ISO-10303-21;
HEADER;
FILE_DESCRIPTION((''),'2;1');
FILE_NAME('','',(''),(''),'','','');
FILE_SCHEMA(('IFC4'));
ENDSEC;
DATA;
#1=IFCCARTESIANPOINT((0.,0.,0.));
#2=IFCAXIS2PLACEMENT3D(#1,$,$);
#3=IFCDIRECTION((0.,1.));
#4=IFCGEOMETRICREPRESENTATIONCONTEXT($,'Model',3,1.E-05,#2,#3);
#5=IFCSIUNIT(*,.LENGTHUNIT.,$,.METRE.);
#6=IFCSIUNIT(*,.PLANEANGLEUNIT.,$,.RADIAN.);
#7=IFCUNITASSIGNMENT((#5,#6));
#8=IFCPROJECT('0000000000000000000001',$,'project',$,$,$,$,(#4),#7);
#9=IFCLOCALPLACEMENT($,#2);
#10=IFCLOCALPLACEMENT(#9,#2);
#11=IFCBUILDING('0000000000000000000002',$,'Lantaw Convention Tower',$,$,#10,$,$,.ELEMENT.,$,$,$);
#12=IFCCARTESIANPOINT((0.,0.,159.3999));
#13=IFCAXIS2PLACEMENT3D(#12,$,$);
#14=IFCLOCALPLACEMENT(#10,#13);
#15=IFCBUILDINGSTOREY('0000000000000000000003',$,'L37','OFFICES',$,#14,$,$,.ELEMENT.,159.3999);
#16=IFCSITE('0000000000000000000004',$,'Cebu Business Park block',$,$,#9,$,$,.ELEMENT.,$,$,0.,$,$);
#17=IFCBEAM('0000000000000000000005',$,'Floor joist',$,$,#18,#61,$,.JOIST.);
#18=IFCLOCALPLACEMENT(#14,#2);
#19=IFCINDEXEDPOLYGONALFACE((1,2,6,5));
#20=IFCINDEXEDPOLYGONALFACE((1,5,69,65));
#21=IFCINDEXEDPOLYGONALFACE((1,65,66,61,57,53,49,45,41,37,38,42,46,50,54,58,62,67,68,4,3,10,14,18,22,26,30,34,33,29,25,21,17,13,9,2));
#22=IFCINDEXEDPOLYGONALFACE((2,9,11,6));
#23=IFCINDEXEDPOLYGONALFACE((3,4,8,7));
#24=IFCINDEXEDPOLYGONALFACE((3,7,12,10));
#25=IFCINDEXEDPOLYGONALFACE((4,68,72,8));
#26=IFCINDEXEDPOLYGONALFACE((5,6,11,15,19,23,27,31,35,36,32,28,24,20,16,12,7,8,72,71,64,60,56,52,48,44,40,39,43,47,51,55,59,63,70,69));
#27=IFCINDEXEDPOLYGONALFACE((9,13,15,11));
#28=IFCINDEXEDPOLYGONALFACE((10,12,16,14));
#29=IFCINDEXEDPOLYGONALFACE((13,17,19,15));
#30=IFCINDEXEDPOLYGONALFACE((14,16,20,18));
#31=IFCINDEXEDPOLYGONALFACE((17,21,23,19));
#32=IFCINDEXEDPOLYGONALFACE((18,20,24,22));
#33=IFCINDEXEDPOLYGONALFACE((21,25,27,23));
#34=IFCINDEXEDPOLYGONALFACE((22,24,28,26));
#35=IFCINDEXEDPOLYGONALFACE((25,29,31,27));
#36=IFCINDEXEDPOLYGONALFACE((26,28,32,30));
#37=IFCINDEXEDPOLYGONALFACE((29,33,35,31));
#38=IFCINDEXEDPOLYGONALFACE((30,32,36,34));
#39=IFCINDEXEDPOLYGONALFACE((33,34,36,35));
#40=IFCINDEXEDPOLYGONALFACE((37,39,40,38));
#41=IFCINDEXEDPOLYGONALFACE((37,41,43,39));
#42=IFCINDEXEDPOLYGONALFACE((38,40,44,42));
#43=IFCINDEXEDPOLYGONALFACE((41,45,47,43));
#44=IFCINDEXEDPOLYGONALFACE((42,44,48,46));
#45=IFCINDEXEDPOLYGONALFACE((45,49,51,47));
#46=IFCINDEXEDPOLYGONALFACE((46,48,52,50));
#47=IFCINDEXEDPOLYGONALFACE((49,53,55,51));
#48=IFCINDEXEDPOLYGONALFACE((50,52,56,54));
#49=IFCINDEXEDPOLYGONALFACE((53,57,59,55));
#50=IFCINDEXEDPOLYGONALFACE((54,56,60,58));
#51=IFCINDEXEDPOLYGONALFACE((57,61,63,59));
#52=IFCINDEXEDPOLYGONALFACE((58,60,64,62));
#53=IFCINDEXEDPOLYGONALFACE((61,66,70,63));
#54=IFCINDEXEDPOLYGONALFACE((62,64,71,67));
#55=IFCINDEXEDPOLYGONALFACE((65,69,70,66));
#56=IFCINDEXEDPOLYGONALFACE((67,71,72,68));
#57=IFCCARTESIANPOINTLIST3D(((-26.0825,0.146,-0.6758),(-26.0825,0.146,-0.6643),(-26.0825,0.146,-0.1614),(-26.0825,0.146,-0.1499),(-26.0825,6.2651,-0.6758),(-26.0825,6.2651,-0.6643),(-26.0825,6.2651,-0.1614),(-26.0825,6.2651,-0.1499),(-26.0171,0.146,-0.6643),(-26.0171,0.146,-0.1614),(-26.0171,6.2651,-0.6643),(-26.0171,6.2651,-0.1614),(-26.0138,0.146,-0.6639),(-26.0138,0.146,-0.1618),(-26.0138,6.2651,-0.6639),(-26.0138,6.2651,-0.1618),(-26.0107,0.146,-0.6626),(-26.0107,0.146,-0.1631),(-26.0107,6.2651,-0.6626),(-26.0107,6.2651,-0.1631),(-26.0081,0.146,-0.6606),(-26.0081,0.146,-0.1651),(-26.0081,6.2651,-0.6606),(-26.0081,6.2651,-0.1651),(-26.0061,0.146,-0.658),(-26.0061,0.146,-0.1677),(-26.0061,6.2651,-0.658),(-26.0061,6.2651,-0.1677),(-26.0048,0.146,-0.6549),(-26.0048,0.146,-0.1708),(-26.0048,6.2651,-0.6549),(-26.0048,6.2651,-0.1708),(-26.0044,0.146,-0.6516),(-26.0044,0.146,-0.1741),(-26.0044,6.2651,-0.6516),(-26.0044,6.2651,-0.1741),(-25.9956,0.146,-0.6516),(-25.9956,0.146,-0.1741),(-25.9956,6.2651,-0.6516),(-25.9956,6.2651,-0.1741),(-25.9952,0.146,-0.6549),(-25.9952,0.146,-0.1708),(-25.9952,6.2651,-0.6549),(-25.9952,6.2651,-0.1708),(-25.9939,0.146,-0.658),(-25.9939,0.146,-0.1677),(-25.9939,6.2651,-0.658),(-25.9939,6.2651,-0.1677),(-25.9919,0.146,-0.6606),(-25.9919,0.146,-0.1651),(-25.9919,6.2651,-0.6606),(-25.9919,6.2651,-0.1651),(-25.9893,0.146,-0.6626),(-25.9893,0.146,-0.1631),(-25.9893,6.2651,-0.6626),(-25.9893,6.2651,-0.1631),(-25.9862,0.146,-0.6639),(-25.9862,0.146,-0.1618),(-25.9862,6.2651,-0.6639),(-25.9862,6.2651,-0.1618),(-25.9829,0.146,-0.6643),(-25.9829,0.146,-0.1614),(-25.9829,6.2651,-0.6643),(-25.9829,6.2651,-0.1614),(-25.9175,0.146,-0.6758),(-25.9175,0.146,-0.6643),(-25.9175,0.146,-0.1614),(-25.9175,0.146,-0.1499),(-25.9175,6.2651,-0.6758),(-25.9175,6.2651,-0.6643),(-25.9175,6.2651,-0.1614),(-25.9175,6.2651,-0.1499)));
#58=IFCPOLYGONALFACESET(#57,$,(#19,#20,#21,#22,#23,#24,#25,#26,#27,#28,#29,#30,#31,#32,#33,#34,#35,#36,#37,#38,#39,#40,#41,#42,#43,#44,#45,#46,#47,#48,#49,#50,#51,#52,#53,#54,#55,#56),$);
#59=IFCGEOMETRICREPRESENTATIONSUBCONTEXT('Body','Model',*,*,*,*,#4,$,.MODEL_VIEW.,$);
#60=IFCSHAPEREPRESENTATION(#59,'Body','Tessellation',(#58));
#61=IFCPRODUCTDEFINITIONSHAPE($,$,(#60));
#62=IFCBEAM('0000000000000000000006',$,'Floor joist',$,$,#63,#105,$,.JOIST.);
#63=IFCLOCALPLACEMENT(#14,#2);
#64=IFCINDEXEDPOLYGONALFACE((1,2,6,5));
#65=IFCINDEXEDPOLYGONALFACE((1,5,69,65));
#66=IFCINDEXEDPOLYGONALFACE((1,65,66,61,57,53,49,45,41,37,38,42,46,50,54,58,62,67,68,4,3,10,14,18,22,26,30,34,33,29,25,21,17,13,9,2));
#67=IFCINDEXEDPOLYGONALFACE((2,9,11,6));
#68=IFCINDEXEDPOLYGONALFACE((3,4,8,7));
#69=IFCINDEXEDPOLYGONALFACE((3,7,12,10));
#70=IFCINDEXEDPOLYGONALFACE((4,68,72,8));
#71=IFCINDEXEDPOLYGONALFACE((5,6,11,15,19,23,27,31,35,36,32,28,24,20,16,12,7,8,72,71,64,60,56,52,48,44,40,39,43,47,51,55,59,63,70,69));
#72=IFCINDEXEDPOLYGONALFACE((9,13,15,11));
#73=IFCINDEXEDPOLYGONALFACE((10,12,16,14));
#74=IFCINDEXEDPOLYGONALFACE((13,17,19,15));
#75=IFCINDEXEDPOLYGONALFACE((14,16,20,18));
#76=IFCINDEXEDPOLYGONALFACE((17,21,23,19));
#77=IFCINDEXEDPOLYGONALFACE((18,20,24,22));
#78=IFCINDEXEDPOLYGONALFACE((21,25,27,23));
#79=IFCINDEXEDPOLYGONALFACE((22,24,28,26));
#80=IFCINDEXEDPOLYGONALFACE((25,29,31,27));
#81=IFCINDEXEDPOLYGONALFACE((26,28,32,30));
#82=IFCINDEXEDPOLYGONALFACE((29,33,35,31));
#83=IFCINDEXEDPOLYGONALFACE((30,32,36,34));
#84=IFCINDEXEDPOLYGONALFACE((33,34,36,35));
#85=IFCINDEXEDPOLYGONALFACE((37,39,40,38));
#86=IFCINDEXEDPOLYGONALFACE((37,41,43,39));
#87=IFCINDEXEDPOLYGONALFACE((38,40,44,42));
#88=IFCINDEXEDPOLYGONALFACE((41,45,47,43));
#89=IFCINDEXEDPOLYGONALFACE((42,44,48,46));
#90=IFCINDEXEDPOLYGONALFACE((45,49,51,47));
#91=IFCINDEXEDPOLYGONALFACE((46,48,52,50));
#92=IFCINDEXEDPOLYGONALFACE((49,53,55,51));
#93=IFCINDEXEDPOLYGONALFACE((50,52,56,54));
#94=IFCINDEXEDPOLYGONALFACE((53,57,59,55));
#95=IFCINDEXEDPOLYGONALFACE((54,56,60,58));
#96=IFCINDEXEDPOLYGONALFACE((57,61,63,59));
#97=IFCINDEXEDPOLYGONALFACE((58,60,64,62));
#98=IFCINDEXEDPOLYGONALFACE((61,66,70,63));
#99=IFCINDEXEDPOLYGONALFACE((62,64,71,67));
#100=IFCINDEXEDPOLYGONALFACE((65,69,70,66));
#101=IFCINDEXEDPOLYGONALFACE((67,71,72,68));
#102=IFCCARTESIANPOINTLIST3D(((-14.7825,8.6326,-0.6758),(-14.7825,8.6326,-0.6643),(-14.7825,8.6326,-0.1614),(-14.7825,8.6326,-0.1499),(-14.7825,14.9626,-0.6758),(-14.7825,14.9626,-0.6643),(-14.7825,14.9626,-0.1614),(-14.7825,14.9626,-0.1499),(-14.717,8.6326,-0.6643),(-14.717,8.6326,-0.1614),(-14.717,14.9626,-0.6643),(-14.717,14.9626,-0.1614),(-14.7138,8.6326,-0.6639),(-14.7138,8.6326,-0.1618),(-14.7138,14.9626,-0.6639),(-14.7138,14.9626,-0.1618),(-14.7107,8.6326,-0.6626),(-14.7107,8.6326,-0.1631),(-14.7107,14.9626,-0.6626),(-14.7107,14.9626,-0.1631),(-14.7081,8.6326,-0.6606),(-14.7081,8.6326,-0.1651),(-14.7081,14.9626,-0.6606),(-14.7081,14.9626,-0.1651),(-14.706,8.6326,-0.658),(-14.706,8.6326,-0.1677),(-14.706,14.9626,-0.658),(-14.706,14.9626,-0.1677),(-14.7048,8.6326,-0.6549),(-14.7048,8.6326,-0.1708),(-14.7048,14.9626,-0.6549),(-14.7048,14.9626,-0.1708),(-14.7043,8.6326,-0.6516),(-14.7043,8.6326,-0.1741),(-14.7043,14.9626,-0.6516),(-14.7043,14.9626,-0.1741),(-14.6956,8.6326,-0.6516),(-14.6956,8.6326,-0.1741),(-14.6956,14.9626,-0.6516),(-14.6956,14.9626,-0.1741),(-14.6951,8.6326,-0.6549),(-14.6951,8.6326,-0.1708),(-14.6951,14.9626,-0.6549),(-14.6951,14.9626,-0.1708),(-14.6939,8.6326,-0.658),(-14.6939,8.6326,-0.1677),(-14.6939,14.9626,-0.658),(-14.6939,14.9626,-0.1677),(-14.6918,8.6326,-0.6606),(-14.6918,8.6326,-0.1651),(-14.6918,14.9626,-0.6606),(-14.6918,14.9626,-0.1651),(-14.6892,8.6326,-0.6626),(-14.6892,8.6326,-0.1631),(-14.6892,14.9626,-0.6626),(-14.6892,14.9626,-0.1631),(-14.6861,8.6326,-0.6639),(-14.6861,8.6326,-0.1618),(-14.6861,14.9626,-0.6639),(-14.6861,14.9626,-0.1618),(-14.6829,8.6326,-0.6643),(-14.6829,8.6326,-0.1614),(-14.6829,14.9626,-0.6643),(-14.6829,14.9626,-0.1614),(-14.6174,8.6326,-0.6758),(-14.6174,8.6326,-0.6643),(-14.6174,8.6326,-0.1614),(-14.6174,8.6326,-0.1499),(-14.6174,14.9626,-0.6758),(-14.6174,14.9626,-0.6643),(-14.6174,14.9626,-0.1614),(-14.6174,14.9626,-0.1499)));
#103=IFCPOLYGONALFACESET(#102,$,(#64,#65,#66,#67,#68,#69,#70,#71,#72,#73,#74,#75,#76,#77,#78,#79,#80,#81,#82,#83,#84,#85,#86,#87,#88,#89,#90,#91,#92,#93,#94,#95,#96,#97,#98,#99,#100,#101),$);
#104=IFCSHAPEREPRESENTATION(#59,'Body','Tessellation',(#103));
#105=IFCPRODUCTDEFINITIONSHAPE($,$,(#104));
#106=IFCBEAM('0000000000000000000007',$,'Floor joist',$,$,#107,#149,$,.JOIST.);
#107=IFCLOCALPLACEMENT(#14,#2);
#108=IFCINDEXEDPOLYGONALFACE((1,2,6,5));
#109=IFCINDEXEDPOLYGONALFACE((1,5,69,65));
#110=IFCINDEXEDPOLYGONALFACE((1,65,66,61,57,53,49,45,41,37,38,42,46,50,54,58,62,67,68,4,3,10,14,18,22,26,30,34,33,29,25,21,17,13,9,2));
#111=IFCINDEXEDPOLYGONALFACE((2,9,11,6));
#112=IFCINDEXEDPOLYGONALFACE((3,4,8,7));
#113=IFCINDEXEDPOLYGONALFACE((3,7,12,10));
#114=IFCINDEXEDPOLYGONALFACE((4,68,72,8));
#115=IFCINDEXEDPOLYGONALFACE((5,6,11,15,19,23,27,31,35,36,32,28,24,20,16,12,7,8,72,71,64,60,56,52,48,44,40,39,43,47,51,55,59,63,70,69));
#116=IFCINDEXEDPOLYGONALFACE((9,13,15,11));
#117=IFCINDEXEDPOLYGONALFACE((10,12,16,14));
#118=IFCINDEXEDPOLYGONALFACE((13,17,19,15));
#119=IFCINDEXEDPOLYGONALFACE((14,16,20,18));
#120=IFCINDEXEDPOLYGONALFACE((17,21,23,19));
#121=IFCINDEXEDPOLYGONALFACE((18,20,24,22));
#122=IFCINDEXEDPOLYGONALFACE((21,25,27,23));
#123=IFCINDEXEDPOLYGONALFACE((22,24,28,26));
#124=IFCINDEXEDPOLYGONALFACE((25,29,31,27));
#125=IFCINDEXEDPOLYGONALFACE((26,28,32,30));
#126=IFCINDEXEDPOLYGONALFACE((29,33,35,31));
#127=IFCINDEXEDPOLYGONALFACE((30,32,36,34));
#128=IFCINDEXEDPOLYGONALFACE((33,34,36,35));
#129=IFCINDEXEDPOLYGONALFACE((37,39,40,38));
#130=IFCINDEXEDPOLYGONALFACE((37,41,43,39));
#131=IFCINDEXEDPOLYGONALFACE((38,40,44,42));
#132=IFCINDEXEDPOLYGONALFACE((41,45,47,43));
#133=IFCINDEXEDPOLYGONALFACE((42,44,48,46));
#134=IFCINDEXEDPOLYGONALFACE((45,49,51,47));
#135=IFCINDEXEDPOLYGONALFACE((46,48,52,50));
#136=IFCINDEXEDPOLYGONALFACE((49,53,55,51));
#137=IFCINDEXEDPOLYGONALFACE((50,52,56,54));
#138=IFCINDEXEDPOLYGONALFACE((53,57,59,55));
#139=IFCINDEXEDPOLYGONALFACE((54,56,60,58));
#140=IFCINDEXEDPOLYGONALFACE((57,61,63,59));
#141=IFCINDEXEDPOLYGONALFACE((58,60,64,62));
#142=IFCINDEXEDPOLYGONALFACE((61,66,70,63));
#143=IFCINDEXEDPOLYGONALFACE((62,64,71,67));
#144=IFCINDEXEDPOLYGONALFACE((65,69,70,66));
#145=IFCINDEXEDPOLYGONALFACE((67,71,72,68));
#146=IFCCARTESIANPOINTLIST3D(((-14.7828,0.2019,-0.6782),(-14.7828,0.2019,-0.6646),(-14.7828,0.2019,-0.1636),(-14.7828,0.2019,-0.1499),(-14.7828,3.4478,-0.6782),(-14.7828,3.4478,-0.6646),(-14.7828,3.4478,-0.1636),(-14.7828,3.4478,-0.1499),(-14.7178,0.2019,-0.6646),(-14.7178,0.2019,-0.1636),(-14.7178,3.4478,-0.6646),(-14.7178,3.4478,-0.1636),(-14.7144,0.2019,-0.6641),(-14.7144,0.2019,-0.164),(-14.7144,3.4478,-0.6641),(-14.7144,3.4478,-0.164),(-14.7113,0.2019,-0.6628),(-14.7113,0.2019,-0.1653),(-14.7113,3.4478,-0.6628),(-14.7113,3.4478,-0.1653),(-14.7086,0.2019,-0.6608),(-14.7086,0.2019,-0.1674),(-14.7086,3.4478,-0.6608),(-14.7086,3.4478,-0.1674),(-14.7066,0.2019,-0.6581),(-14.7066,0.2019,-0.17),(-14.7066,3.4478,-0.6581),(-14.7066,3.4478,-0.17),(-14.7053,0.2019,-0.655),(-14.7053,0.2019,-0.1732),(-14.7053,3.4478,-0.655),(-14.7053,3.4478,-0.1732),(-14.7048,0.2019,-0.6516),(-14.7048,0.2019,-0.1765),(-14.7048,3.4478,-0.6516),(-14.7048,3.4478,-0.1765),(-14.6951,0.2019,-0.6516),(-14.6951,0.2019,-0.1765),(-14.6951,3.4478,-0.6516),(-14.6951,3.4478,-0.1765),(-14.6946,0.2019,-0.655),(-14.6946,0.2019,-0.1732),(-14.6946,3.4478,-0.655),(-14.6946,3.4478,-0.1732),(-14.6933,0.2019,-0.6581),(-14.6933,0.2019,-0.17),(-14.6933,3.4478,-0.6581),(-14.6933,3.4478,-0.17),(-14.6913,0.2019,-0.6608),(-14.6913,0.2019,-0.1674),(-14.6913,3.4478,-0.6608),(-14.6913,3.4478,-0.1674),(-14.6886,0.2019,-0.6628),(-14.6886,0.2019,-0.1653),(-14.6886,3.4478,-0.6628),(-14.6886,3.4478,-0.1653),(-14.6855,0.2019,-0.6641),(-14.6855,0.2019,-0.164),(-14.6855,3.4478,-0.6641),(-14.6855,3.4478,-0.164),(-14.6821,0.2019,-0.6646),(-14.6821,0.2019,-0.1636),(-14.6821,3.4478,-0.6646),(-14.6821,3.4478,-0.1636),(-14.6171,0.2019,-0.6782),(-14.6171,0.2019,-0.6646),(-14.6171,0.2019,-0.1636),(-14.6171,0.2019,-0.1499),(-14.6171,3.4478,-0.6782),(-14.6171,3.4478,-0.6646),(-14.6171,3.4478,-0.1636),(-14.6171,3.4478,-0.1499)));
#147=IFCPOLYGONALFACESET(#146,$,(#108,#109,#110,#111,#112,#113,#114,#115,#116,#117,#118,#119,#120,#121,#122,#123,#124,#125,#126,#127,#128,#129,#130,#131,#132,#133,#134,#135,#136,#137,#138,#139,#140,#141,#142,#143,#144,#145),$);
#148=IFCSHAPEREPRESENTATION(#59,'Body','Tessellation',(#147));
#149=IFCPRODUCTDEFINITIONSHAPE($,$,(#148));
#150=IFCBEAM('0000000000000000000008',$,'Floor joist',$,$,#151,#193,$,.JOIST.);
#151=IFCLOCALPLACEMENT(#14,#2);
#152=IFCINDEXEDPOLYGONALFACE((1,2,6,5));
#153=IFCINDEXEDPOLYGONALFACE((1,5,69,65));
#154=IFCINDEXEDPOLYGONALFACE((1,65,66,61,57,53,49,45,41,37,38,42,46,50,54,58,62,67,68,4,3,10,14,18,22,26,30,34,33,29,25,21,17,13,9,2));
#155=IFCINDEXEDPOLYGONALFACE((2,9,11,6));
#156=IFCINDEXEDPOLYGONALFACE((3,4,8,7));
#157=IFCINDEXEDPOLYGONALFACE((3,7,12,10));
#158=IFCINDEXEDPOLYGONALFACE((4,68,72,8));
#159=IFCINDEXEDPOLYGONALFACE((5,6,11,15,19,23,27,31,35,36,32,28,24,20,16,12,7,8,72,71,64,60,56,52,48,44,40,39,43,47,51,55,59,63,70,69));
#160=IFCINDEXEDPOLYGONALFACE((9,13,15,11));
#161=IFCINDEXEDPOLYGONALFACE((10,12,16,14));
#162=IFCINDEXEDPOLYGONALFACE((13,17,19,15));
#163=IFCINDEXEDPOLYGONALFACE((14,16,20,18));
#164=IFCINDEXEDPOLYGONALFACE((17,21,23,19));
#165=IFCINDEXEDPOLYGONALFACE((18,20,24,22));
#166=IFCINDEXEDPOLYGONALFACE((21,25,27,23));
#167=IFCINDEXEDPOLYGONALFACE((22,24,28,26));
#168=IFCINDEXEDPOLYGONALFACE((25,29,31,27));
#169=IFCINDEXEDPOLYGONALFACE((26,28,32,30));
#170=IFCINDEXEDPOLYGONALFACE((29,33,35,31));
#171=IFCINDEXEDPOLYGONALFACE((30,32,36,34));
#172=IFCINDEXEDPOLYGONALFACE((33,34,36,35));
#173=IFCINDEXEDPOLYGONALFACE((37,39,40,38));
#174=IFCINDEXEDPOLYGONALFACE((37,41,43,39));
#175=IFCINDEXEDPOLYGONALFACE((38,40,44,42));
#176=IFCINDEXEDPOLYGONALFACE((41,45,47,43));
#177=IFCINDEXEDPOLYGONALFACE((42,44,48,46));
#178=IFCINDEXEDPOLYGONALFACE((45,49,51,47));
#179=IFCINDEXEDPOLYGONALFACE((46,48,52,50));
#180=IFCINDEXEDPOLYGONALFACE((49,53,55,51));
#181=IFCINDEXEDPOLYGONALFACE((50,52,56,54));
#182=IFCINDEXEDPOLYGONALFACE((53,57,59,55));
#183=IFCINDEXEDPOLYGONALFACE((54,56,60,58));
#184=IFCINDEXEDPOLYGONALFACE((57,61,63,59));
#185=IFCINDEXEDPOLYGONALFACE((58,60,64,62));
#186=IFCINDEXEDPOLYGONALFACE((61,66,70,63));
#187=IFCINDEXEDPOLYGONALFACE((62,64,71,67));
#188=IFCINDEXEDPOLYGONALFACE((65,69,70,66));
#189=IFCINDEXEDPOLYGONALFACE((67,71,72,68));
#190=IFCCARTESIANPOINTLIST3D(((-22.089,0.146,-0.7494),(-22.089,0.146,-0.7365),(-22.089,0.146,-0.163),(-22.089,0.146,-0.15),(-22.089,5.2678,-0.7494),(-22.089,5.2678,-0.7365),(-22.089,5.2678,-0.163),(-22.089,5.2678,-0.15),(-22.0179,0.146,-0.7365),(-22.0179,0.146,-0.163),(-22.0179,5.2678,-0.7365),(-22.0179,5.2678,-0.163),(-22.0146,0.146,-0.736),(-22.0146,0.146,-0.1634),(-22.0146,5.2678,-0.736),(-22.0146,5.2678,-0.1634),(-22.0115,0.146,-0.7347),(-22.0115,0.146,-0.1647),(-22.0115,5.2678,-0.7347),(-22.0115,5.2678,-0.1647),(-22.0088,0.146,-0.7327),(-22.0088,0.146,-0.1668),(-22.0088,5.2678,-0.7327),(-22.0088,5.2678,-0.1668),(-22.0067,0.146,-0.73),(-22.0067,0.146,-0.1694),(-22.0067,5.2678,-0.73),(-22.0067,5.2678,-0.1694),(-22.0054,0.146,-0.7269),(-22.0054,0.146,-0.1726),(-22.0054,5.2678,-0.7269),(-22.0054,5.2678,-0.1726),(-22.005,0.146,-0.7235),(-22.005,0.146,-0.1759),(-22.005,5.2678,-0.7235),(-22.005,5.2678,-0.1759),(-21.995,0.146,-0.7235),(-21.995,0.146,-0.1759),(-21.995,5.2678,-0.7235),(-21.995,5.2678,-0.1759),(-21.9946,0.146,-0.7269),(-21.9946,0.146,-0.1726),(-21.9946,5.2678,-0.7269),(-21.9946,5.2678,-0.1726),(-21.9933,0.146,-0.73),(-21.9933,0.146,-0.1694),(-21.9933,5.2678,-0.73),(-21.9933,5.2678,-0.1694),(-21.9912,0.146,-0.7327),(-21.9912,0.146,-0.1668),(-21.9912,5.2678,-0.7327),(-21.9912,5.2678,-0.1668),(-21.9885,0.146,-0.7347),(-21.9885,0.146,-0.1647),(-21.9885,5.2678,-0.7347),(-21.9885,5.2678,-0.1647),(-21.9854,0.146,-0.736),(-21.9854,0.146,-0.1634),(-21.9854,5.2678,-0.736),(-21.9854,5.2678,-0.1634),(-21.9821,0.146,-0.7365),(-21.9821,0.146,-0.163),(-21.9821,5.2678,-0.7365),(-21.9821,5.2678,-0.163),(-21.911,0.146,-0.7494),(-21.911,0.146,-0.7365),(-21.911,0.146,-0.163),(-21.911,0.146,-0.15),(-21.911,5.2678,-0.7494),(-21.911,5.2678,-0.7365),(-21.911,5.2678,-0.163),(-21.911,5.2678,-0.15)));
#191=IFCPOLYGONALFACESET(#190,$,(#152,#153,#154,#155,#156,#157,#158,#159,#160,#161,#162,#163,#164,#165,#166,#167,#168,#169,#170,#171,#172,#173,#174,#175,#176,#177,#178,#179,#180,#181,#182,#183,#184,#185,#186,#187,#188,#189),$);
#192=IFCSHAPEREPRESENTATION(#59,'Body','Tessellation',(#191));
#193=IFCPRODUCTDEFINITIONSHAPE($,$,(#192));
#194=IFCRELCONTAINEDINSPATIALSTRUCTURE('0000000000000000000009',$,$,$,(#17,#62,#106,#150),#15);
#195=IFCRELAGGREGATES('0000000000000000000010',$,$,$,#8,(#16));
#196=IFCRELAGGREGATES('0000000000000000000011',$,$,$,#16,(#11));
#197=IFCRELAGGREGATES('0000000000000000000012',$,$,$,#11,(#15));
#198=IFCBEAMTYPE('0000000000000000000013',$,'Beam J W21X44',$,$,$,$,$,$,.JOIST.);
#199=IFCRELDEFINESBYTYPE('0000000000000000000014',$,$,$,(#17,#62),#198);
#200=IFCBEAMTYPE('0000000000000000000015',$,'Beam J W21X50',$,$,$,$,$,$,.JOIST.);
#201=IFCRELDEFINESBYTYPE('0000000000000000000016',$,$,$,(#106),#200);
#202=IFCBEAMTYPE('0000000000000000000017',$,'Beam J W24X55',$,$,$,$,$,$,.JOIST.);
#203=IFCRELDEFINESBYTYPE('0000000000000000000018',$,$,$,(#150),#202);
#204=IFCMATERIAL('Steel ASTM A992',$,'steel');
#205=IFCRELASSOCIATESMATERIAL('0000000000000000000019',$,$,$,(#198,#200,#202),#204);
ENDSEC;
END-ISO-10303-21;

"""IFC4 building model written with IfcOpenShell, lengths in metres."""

from ifc_helpers import new_model, si_unit, direction, frame, origin, origin_2d, place, context, subcontext, project, spatial, i_section, extrude, material, material_profile, profile_set, type_object, element, save


model = new_model("IFC4")

# Units and contexts
model_context = context("Model", 3, precision=1e-05, world=origin(), true_north=direction((0.0, 1.0)))
body_context = subcontext(model_context, "Body", "Model", "MODEL_VIEW")
ifc_project = project(units=[si_unit("LENGTHUNIT", "METRE"), si_unit("PLANEANGLEUNIT", "RADIAN")], contexts=[model_context])

# Site, building, storey
site_placement = place(None, origin())
site = spatial("IfcSite", under=ifc_project, at=site_placement, Name="Cebu Business Park block", CompositionType="ELEMENT", RefElevation=0.0)
building_placement = place(site_placement, origin())
building = spatial("IfcBuilding", under=site, at=building_placement, Name="Lantaw Convention Tower", CompositionType="ELEMENT")
storey_placement = place(building_placement, frame((0.0, 0.0, 159.3999)))
storey = spatial("IfcBuildingStorey", under=building, at=storey_placement, Name="L37", Description="OFFICES", CompositionType="ELEMENT", Elevation=159.3999)

# Beams
ifc_material_1 = material(Name="Steel ASTM A992", Category="steel")
ifc_material_profile_1 = material_profile(ifc_material_1, i_section(OverallWidth=0.165, OverallDepth=0.5259, WebThickness=0.0088, FlangeThickness=0.0115, FilletRadius=0.0127, at=origin_2d()), Name="W21X44")
ifc_profile_set_1 = profile_set([ifc_material_profile_1], Name="Steel ASTM A992")
beam_type_1 = type_object("IfcBeamType", Name="Beam J W21X44", PredefinedType="JOIST", material=ifc_profile_set_1)
beam_1_placement = place(storey_placement, frame((-26.0, 0.146, -0.4128), z_axis=(0.0, 1.0, 0.0), x_axis=(-1.0, 0.0, 0.0)))
element("IfcBeam", 1, at=beam_1_placement, inside=storey, type_object=beam_type_1, Name="Floor joist", PredefinedType="JOIST", context=body_context, shape_type="SweptSolid", body=[
    extrude(i_section(OverallWidth=0.165, OverallDepth=0.5259, WebThickness=0.0088, FlangeThickness=0.0115, FilletRadius=0.0127, at=origin_2d()), origin(), (0.0, 0.0, 1.0), 6.1191),
])
beam_2_placement = place(storey_placement, frame((-14.7, 8.6326, -0.4128), z_axis=(0.0, 1.0, 0.0), x_axis=(-1.0, 0.0, 0.0)))
element("IfcBeam", 2, at=beam_2_placement, inside=storey, type_object=beam_type_1, Name="Floor joist", PredefinedType="JOIST", context=body_context, shape_type="SweptSolid", body=[
    extrude(i_section(OverallWidth=0.165, OverallDepth=0.5259, WebThickness=0.0088, FlangeThickness=0.0115, FilletRadius=0.0127, at=origin_2d()), origin(), (0.0, 0.0, 1.0), 6.3301),
])
ifc_material_profile_2 = material_profile(ifc_material_1, i_section(OverallWidth=0.1658, OverallDepth=0.5283, WebThickness=0.0098, FlangeThickness=0.0137, FilletRadius=0.0129, at=origin_2d()), Name="W21X50")
ifc_profile_set_2 = profile_set([ifc_material_profile_2], Name="Steel ASTM A992")
beam_type_2 = type_object("IfcBeamType", Name="Beam J W21X50", PredefinedType="JOIST", material=ifc_profile_set_2)
beam_3_placement = place(storey_placement, frame((-14.7, 0.2019, -0.4141), z_axis=(0.0, 1.0, 0.0), x_axis=(-1.0, 0.0, 0.0)))
element("IfcBeam", 3, at=beam_3_placement, inside=storey, type_object=beam_type_2, Name="Floor joist", PredefinedType="JOIST", context=body_context, shape_type="SweptSolid", body=[
    extrude(i_section(OverallWidth=0.1658, OverallDepth=0.5283, WebThickness=0.0098, FlangeThickness=0.0137, FilletRadius=0.0129, at=origin_2d()), origin(), (0.0, 0.0, 1.0), 3.2458),
])
ifc_material_profile_3 = material_profile(ifc_material_1, i_section(OverallWidth=0.178, OverallDepth=0.5994, WebThickness=0.01, FlangeThickness=0.0129, FilletRadius=0.0129, at=origin_2d()), Name="W24X55")
ifc_profile_set_3 = profile_set([ifc_material_profile_3], Name="Steel ASTM A992")
beam_type_3 = type_object("IfcBeamType", Name="Beam J W24X55", PredefinedType="JOIST", material=ifc_profile_set_3)
beam_4_placement = place(storey_placement, frame((-22.0, 0.146, -0.4497), z_axis=(0.0, 1.0, 0.0), x_axis=(-1.0, 0.0, 0.0)))
element("IfcBeam", 4, at=beam_4_placement, inside=storey, type_object=beam_type_3, Name="Floor joist", PredefinedType="JOIST", context=body_context, shape_type="SweptSolid", body=[
    extrude(i_section(OverallWidth=0.178, OverallDepth=0.5994, WebThickness=0.01, FlangeThickness=0.0129, FilletRadius=0.0129, at=origin_2d()), origin(), (0.0, 0.0, 1.0), 5.1218),
])

save(model, "model.ifc")
